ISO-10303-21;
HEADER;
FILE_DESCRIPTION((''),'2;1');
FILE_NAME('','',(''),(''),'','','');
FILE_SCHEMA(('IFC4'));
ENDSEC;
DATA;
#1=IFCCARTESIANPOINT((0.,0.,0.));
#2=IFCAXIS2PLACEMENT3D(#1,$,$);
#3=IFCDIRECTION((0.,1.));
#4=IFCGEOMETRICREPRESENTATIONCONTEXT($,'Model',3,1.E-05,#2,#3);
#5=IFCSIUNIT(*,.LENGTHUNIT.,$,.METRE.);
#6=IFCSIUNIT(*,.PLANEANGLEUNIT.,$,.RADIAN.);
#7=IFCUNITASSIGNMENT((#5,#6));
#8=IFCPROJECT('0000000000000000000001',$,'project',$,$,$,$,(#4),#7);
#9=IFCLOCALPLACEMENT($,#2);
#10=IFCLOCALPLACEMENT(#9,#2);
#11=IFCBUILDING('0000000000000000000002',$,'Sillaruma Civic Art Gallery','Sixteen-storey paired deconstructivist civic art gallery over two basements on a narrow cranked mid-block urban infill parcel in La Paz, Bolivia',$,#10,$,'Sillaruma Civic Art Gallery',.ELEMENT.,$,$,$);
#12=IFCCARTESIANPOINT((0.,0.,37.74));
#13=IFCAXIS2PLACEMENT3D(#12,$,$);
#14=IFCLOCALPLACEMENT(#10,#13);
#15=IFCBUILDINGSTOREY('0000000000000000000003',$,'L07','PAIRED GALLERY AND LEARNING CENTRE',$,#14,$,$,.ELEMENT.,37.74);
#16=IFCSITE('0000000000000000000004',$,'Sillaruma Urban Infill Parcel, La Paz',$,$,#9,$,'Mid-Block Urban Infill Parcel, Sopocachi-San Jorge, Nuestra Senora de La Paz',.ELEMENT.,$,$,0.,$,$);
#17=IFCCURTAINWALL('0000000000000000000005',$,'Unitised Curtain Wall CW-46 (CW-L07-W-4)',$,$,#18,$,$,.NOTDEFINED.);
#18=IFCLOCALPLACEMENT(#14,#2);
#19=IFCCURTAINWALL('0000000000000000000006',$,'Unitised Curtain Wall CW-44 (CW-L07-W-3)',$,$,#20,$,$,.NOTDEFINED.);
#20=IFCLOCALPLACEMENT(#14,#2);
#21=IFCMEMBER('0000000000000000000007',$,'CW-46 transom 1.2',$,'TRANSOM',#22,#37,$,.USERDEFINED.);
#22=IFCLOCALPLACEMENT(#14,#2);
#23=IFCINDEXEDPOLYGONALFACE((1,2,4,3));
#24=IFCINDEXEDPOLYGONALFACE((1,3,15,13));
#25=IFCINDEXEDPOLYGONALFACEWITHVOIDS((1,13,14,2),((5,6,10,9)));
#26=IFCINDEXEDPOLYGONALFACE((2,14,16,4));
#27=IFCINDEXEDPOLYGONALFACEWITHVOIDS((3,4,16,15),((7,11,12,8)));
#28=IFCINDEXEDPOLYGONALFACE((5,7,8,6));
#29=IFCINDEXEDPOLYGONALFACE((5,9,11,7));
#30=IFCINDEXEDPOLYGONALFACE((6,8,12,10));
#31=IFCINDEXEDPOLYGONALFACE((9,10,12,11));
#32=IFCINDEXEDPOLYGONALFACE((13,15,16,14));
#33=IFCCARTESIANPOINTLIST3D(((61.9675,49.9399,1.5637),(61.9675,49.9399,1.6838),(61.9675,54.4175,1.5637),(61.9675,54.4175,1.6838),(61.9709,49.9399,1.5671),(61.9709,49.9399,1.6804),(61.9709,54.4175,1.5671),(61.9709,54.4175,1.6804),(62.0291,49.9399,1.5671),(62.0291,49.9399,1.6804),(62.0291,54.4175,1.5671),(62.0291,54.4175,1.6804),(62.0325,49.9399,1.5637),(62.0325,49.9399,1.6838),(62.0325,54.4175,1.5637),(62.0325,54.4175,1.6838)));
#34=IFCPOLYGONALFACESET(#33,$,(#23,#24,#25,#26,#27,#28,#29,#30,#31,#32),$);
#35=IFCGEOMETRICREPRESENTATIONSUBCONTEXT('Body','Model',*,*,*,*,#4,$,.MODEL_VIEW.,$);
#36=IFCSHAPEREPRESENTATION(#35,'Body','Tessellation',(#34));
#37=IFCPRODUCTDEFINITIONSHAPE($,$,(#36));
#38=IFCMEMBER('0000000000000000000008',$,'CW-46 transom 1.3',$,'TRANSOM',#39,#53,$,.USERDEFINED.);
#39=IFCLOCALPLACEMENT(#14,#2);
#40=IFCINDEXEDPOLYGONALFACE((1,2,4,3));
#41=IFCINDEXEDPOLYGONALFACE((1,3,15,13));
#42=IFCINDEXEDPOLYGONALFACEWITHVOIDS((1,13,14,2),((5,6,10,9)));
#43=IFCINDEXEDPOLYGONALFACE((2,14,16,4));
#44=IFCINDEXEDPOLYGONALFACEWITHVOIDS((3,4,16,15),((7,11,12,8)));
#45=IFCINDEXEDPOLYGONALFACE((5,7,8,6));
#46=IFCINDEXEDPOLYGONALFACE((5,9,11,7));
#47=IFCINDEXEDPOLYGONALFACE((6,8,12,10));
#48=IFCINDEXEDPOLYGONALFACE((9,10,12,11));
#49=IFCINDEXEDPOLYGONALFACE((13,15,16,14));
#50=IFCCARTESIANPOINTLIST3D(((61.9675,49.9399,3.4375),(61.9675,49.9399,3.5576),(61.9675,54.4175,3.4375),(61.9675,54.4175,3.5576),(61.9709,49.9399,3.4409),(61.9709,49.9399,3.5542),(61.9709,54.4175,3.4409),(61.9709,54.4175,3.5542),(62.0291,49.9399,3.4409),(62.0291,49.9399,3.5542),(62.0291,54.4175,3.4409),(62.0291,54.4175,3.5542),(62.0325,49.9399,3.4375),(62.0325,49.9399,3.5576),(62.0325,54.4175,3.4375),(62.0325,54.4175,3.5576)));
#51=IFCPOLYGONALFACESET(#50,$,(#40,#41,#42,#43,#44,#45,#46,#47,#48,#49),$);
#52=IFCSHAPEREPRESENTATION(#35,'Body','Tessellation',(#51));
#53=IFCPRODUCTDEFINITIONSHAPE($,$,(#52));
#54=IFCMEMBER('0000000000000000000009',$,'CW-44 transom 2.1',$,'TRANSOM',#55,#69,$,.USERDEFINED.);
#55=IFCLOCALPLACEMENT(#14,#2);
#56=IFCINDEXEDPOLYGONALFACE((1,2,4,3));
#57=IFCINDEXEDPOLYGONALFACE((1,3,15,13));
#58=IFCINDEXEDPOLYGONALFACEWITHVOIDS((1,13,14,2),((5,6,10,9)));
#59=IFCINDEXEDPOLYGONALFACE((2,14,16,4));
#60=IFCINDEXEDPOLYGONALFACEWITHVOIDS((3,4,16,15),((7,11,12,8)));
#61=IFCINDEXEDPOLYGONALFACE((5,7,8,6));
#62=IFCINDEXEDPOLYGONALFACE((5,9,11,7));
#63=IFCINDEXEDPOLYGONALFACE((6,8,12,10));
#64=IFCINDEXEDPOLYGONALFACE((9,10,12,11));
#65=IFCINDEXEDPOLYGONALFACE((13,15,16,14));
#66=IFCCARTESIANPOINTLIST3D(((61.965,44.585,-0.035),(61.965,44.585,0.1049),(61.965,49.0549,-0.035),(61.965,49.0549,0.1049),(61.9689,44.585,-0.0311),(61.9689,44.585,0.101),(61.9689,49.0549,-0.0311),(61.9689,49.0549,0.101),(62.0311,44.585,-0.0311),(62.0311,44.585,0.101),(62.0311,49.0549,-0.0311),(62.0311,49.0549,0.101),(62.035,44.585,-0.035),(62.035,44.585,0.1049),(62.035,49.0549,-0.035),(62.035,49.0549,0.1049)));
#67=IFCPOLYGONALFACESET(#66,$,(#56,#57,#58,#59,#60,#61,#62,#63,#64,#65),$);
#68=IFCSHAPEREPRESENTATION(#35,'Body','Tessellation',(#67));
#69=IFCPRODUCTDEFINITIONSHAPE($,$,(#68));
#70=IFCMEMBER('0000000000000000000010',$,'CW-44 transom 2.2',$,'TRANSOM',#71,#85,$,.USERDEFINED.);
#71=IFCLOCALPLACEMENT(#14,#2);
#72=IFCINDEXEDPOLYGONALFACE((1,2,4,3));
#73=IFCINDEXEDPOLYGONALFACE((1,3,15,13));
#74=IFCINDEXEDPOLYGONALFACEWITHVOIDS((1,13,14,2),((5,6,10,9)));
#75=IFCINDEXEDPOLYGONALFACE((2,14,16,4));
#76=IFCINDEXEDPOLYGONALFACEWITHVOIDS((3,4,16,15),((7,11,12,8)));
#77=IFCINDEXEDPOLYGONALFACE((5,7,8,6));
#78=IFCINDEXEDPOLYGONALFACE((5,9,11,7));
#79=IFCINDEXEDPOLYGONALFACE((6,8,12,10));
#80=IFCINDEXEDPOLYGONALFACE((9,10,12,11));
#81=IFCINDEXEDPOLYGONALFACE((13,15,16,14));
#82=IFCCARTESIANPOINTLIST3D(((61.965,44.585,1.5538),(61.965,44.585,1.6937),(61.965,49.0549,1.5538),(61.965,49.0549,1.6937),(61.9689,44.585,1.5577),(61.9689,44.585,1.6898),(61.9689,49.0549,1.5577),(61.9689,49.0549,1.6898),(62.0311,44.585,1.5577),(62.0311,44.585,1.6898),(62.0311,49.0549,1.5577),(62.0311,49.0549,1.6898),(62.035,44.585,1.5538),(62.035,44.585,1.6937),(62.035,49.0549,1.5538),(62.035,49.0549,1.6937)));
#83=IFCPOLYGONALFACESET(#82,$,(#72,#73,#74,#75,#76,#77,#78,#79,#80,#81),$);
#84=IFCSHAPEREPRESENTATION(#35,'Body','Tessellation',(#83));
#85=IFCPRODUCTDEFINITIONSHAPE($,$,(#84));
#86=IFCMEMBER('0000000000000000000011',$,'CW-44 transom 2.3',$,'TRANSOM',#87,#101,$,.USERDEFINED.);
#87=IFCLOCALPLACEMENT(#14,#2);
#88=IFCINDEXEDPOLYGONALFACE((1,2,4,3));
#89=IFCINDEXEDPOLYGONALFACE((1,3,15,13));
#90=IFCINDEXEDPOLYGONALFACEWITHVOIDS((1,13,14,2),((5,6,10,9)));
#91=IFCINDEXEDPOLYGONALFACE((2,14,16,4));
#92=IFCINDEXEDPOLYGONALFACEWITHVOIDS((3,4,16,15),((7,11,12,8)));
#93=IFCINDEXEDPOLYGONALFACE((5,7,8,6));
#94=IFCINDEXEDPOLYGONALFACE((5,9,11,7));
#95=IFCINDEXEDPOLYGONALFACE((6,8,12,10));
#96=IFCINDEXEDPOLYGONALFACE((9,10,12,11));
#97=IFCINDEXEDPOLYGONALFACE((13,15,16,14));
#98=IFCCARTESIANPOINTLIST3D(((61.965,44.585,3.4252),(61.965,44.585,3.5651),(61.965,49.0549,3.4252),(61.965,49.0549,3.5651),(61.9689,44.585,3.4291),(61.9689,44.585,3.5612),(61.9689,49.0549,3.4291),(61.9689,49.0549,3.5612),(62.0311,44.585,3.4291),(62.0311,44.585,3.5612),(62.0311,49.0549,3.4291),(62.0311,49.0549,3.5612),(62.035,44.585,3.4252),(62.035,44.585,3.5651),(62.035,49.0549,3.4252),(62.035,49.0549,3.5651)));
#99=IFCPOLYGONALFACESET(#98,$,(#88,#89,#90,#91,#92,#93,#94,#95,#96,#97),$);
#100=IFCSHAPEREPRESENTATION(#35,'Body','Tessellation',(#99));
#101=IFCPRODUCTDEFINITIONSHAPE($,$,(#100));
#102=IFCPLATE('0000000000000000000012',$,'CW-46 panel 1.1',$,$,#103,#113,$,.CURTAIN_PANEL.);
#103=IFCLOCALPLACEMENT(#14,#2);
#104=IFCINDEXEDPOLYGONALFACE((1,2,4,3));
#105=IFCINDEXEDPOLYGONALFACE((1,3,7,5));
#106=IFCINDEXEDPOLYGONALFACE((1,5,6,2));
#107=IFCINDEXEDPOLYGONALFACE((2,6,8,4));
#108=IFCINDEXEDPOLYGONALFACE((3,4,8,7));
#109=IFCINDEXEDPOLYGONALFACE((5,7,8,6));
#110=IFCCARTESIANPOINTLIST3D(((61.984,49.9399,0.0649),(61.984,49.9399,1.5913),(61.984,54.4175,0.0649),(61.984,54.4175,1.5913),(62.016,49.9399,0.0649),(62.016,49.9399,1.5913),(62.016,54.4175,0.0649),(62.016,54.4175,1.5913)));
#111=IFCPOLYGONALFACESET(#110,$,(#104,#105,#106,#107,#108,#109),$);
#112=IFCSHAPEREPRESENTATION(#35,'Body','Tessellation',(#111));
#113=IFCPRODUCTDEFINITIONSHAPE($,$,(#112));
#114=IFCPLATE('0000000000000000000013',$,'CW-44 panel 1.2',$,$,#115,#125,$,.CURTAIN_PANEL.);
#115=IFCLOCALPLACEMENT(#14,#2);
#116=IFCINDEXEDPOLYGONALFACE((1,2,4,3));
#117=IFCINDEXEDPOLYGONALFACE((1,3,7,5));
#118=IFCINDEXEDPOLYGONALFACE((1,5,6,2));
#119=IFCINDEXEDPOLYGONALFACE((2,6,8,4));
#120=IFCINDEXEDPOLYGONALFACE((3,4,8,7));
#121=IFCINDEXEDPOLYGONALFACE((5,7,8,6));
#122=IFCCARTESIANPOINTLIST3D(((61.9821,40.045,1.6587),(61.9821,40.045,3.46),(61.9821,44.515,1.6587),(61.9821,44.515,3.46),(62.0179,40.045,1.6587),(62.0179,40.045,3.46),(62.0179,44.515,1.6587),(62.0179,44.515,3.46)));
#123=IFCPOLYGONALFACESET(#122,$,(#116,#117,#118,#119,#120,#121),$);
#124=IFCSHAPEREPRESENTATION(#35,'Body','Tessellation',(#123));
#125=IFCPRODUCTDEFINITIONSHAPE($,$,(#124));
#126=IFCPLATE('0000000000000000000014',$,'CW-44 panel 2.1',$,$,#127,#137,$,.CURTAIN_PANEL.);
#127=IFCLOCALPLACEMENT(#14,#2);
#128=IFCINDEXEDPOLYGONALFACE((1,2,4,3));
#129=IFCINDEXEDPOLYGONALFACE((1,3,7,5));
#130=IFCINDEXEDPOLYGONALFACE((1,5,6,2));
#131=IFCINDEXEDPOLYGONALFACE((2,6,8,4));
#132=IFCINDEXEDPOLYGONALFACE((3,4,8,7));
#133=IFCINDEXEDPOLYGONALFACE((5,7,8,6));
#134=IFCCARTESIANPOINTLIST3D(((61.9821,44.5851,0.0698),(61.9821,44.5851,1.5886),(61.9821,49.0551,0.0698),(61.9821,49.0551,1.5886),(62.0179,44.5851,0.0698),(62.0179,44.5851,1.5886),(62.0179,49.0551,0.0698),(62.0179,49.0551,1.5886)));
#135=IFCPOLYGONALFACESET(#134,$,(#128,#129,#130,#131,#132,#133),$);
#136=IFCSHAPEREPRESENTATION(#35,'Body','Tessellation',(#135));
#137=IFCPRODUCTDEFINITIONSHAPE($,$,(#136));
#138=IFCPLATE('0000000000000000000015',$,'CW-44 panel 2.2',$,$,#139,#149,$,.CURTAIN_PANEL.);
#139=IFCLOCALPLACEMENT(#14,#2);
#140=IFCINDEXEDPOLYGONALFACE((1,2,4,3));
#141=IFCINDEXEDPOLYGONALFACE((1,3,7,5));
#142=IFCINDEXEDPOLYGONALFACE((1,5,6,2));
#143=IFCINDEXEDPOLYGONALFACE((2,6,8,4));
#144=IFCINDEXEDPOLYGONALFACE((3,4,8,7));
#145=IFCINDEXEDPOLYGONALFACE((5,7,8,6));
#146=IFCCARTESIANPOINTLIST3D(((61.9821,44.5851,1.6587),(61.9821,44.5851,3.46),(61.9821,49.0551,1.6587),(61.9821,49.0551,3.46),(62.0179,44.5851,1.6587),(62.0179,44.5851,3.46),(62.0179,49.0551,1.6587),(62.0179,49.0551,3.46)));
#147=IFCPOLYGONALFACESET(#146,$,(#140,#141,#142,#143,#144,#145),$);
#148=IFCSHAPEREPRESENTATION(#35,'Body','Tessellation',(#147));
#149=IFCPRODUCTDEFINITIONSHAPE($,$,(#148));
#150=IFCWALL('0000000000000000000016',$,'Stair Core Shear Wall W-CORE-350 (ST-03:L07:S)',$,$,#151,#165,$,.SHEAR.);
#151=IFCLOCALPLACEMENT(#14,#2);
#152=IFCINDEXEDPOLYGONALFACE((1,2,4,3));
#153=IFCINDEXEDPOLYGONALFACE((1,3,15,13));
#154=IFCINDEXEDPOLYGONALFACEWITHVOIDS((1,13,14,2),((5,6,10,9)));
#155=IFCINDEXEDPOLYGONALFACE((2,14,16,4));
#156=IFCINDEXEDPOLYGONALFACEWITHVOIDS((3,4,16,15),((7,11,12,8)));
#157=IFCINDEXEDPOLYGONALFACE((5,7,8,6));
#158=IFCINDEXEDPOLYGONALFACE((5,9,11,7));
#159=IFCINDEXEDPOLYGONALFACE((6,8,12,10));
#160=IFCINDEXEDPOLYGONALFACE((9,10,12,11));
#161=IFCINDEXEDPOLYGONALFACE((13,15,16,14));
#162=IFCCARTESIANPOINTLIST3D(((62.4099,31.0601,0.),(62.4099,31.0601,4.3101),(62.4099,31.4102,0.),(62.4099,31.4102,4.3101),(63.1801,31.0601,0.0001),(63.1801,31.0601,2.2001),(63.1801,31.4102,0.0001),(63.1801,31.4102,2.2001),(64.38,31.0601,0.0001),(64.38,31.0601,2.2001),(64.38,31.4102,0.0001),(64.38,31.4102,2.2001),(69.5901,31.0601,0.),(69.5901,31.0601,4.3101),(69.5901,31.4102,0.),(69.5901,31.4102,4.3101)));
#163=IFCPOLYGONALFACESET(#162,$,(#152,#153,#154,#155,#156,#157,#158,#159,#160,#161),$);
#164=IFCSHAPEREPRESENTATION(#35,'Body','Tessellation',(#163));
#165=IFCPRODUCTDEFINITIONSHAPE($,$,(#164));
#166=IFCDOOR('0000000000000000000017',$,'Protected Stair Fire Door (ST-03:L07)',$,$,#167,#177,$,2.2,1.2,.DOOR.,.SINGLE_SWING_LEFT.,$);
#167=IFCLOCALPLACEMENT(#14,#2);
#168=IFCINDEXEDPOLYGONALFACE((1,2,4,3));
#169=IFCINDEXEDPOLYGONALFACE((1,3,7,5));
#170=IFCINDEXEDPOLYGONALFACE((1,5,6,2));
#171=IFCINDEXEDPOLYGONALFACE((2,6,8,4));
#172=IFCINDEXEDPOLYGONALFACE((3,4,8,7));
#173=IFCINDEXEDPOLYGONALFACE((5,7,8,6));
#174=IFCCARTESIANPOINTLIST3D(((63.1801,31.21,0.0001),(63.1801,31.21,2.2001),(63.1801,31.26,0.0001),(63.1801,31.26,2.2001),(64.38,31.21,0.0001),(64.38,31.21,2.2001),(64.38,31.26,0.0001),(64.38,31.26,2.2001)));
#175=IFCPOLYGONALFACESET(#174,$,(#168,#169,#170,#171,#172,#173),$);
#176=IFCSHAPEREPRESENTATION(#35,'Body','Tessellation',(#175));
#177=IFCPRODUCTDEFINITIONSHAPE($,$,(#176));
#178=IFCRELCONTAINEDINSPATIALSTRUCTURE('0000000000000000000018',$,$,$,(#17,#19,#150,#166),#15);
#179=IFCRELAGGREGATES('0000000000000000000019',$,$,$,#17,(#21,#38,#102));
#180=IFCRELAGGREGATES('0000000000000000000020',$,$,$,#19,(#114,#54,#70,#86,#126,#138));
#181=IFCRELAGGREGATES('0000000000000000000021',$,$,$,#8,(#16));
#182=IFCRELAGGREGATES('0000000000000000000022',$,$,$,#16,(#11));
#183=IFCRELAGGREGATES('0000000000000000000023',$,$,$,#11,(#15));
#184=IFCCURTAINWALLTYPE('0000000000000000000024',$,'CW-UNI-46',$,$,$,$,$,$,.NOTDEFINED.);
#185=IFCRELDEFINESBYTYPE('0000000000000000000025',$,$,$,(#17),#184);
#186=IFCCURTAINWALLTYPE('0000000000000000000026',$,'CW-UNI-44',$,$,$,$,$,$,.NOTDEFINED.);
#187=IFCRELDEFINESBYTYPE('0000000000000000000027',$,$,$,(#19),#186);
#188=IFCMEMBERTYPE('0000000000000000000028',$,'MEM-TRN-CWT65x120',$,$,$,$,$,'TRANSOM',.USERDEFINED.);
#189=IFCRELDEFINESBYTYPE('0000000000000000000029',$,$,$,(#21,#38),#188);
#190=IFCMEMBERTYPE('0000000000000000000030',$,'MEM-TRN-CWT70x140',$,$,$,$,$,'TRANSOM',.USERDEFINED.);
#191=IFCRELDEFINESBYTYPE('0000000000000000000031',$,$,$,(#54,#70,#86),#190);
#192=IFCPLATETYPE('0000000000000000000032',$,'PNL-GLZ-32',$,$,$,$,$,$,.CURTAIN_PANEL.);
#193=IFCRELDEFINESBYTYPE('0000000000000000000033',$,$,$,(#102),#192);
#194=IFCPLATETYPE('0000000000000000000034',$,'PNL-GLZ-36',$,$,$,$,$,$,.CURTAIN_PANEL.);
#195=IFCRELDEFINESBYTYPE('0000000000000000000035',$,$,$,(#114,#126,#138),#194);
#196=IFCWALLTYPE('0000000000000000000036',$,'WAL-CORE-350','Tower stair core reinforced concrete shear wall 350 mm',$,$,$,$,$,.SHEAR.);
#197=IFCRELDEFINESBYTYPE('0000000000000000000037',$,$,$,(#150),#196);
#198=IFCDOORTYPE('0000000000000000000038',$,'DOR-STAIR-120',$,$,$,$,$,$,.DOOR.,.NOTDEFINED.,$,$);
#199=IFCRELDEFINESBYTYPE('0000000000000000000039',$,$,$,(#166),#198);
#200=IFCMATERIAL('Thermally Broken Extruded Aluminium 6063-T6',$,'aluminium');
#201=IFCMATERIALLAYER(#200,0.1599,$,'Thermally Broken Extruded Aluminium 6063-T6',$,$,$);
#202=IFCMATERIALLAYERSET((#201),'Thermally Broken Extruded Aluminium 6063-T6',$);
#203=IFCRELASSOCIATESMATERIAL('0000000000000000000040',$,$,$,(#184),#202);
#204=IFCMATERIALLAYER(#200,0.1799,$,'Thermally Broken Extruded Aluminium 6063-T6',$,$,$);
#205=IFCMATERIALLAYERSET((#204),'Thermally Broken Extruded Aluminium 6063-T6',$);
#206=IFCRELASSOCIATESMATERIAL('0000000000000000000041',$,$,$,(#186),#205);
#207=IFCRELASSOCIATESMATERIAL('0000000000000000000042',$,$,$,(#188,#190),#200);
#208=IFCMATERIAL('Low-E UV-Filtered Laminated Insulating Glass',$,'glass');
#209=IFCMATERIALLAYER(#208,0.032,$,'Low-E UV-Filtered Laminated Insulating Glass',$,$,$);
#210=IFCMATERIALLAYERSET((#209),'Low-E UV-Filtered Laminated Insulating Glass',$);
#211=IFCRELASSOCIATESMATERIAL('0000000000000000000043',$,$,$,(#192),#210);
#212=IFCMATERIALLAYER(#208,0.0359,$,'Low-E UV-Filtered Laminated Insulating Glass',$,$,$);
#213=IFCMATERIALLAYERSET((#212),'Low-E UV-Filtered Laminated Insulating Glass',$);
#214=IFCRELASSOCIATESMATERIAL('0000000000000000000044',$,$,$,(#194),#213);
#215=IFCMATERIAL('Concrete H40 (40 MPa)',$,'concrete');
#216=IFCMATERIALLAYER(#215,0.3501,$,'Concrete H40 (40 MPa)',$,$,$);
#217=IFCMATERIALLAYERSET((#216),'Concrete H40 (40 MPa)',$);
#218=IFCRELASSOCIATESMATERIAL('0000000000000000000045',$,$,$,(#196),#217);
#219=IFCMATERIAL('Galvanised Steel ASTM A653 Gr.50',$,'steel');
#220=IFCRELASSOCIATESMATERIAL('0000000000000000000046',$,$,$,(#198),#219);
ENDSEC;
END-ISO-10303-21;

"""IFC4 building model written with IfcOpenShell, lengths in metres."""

from ifc_helpers import new_model, si_unit, direction, frame, frame_2d, origin, origin_2d, place, context, subcontext, project, spatial, rectangle, hollow_rectangle, extrude, material, layer, layer_set, material_profile, profile_set, type_object, element, fill, aggregate, save


model = new_model("IFC4")

# Units and contexts
model_context = context("Model", 3, precision=1e-05, world=origin(), true_north=direction((0.0, 1.0)))
body_context = subcontext(model_context, "Body", "Model", "MODEL_VIEW")
ifc_project = project(units=[si_unit("LENGTHUNIT", "METRE"), si_unit("PLANEANGLEUNIT", "RADIAN")], contexts=[model_context])

# Site, building, storey
site_placement = place(None, origin())
site = spatial("IfcSite", under=ifc_project, at=site_placement, Name="Sillaruma Urban Infill Parcel, La Paz", LongName="Mid-Block Urban Infill Parcel, Sopocachi-San Jorge, Nuestra Senora de La Paz", CompositionType="ELEMENT", RefElevation=0.0)
building_placement = place(site_placement, origin())
building = spatial("IfcBuilding", under=site, at=building_placement, Name="Sillaruma Civic Art Gallery", Description="Sixteen-storey paired deconstructivist civic art gallery over two basements on a narrow cranked mid-block urban infill parcel in La Paz, Bolivia", LongName="Sillaruma Civic Art Gallery", CompositionType="ELEMENT")
storey_placement = place(building_placement, frame((0.0, 0.0, 37.74)))
storey = spatial("IfcBuildingStorey", under=building, at=storey_placement, Name="L07", Description="PAIRED GALLERY AND LEARNING CENTRE", CompositionType="ELEMENT", Elevation=37.74)

# Shared definitions
ifc_material_1 = material(Name="Concrete H40 (40 MPa)", Category="concrete")

# Curtain wall
ifc_material_2 = material(Name="Thermally Broken Extruded Aluminium 6063-T6", Category="aluminium")
ifc_layer_1 = layer(ifc_material_2, 0.1599, Name="Thermally Broken Extruded Aluminium 6063-T6")
ifc_layer_set_1 = layer_set([ifc_layer_1], Name="Thermally Broken Extruded Aluminium 6063-T6")
curtain_wall_type_1 = type_object("IfcCurtainWallType", Name="CW-UNI-46", PredefinedType="NOTDEFINED", material=ifc_layer_set_1)
curtain_wall_1_placement = place(storey_placement, origin())
curtain_wall_1 = element("IfcCurtainWall", 1, at=curtain_wall_1_placement, inside=storey, type_object=curtain_wall_type_1, Name="Unitised Curtain Wall CW-46 (CW-L07-W-4)", PredefinedType="NOTDEFINED")

# Curtain wall
ifc_layer_2 = layer(ifc_material_2, 0.1799, Name="Thermally Broken Extruded Aluminium 6063-T6")
ifc_layer_set_2 = layer_set([ifc_layer_2], Name="Thermally Broken Extruded Aluminium 6063-T6")
curtain_wall_type_2 = type_object("IfcCurtainWallType", Name="CW-UNI-44", PredefinedType="NOTDEFINED", material=ifc_layer_set_2)
curtain_wall_2_placement = place(storey_placement, origin())
curtain_wall_2 = element("IfcCurtainWall", 2, at=curtain_wall_2_placement, inside=storey, type_object=curtain_wall_type_2, Name="Unitised Curtain Wall CW-44 (CW-L07-W-3)", PredefinedType="NOTDEFINED")

# Members
ifc_material_profile_1 = material_profile(ifc_material_2, hollow_rectangle(XDim=0.0649, YDim=0.1201, WallThickness=0.0034, at=origin_2d()), Name="CWT65x120")
ifc_profile_set_1 = profile_set([ifc_material_profile_1], Name="Thermally Broken Extruded Aluminium 6063-T6")
member_type_1 = type_object("IfcMemberType", Name="MEM-TRN-CWT65x120", ElementType="TRANSOM", PredefinedType="USERDEFINED", material=ifc_profile_set_1)
member_1_placement = place(storey_placement, frame((62.0, 49.9399, 1.6238), z_axis=(0.0, 1.0, 0.0), x_axis=(-1.0, 0.0, 0.0)))
member_1 = element("IfcMember", 3, at=member_1_placement, type_object=member_type_1, Name="CW-46 transom 1.2", ObjectType="TRANSOM", PredefinedType="USERDEFINED", context=body_context, shape_type="SweptSolid", body=[
    extrude(hollow_rectangle(XDim=0.0649, YDim=0.1201, WallThickness=0.0034, at=origin_2d()), origin(), (0.0, 0.0, 1.0), 4.4775),
])
member_2_placement = place(storey_placement, frame((62.0, 49.9399, 3.4976), z_axis=(0.0, 1.0, 0.0), x_axis=(-1.0, 0.0, 0.0)))
member_2 = element("IfcMember", 4, at=member_2_placement, type_object=member_type_1, Name="CW-46 transom 1.3", ObjectType="TRANSOM", PredefinedType="USERDEFINED", context=body_context, shape_type="SweptSolid", body=[
    extrude(hollow_rectangle(XDim=0.0649, YDim=0.1201, WallThickness=0.0034, at=origin_2d()), origin(), (0.0, 0.0, 1.0), 4.4775),
])
ifc_material_profile_2 = material_profile(ifc_material_2, hollow_rectangle(XDim=0.0701, YDim=0.1399, WallThickness=0.0039, at=origin_2d()), Name="CWT70x140")
ifc_profile_set_2 = profile_set([ifc_material_profile_2], Name="Thermally Broken Extruded Aluminium 6063-T6")
member_type_2 = type_object("IfcMemberType", Name="MEM-TRN-CWT70x140", ElementType="TRANSOM", PredefinedType="USERDEFINED", material=ifc_profile_set_2)
member_3_placement = place(storey_placement, frame((62.0, 44.585, 0.0349), z_axis=(0.0, 1.0, 0.0), x_axis=(-1.0, 0.0, 0.0)))
member_3 = element("IfcMember", 5, at=member_3_placement, type_object=member_type_2, Name="CW-44 transom 2.1", ObjectType="TRANSOM", PredefinedType="USERDEFINED", context=body_context, shape_type="SweptSolid", body=[
    extrude(hollow_rectangle(XDim=0.0701, YDim=0.1399, WallThickness=0.0039, at=origin_2d()), origin(), (0.0, 0.0, 1.0), 4.47),
])
member_4_placement = place(storey_placement, frame((62.0, 44.585, 1.6238), z_axis=(0.0, 1.0, 0.0), x_axis=(-1.0, 0.0, 0.0)))
member_4 = element("IfcMember", 6, at=member_4_placement, type_object=member_type_2, Name="CW-44 transom 2.2", ObjectType="TRANSOM", PredefinedType="USERDEFINED", context=body_context, shape_type="SweptSolid", body=[
    extrude(hollow_rectangle(XDim=0.0701, YDim=0.1399, WallThickness=0.0039, at=origin_2d()), origin(), (0.0, 0.0, 1.0), 4.47),
])
member_5_placement = place(storey_placement, frame((62.0, 44.585, 3.4951), z_axis=(0.0, 1.0, 0.0), x_axis=(-1.0, 0.0, 0.0)))
member_5 = element("IfcMember", 7, at=member_5_placement, type_object=member_type_2, Name="CW-44 transom 2.3", ObjectType="TRANSOM", PredefinedType="USERDEFINED", context=body_context, shape_type="SweptSolid", body=[
    extrude(hollow_rectangle(XDim=0.0701, YDim=0.1399, WallThickness=0.0039, at=origin_2d()), origin(), (0.0, 0.0, 1.0), 4.47),
])

# Plates
ifc_material_3 = material(Name="Low-E UV-Filtered Laminated Insulating Glass", Category="glass")
ifc_layer_3 = layer(ifc_material_3, 0.032, Name="Low-E UV-Filtered Laminated Insulating Glass")
ifc_layer_set_3 = layer_set([ifc_layer_3], Name="Low-E UV-Filtered Laminated Insulating Glass")
plate_type_1 = type_object("IfcPlateType", Name="PNL-GLZ-32", PredefinedType="CURTAIN_PANEL", material=ifc_layer_set_3)
plate_1_placement = place(storey_placement, frame((62.0, 52.1787, 0.0649), z_axis=(0.0, 0.0, 1.0), x_axis=(0.0, 1.0, 0.0)))
plate_1 = element("IfcPlate", 8, at=plate_1_placement, type_object=plate_type_1, Name="CW-46 panel 1.1", PredefinedType="CURTAIN_PANEL", context=body_context, shape_type="SweptSolid", body=[
    extrude(rectangle(XDim=4.4775, YDim=0.032, at=origin_2d()), origin(), (0.0, 0.0, 1.0), 1.5264),
])
aggregate(curtain_wall_1, [member_1, member_2, plate_1])
ifc_layer_4 = layer(ifc_material_3, 0.0359, Name="Low-E UV-Filtered Laminated Insulating Glass")
ifc_layer_set_4 = layer_set([ifc_layer_4], Name="Low-E UV-Filtered Laminated Insulating Glass")
plate_type_2 = type_object("IfcPlateType", Name="PNL-GLZ-36", PredefinedType="CURTAIN_PANEL", material=ifc_layer_set_4)
plate_2_placement = place(storey_placement, frame((62.0, 42.28, 1.6587), z_axis=(0.0, 0.0, 1.0), x_axis=(0.0, 1.0, 0.0)))
plate_2 = element("IfcPlate", 9, at=plate_2_placement, type_object=plate_type_2, Name="CW-44 panel 1.2", PredefinedType="CURTAIN_PANEL", context=body_context, shape_type="SweptSolid", body=[
    extrude(rectangle(XDim=4.47, YDim=0.0359, at=origin_2d()), origin(), (0.0, 0.0, 1.0), 1.8013),
])
plate_3_placement = place(storey_placement, frame((62.0, 46.8201, 0.0698), z_axis=(0.0, 0.0, 1.0), x_axis=(0.0, 1.0, 0.0)))
plate_3 = element("IfcPlate", 10, at=plate_3_placement, type_object=plate_type_2, Name="CW-44 panel 2.1", PredefinedType="CURTAIN_PANEL", context=body_context, shape_type="SweptSolid", body=[
    extrude(rectangle(XDim=4.47, YDim=0.0359, at=origin_2d()), origin(), (0.0, 0.0, 1.0), 1.5188),
])
plate_4_placement = place(storey_placement, frame((62.0, 46.8201, 1.6587), z_axis=(0.0, 0.0, 1.0), x_axis=(0.0, 1.0, 0.0)))
plate_4 = element("IfcPlate", 11, at=plate_4_placement, type_object=plate_type_2, Name="CW-44 panel 2.2", PredefinedType="CURTAIN_PANEL", context=body_context, shape_type="SweptSolid", body=[
    extrude(rectangle(XDim=4.47, YDim=0.0359, at=origin_2d()), origin(), (0.0, 0.0, 1.0), 1.8013),
])
aggregate(curtain_wall_2, [plate_2, member_3, member_4, member_5, plate_3, plate_4])

# Wall, opening, door
ifc_layer_5 = layer(ifc_material_1, 0.3501, Name="Concrete H40 (40 MPa)")
ifc_layer_set_5 = layer_set([ifc_layer_5], Name="Concrete H40 (40 MPa)")
wall_type_1 = type_object("IfcWallType", Name="WAL-CORE-350", Description="Tower stair core reinforced concrete shear wall 350 mm", PredefinedType="SHEAR", material=ifc_layer_set_5)
wall_1_placement = place(storey_placement, frame((62.4099, 31.2351, 0.0), z_axis=(0.0, 0.0, 1.0), x_axis=(1.0, 0.0, 0.0)))
wall_1 = element("IfcWall", 12, at=wall_1_placement, inside=storey, type_object=wall_type_1, Name="Stair Core Shear Wall W-CORE-350 (ST-03:L07:S)", PredefinedType="SHEAR", context=body_context, shape_type="SweptSolid", body=[
    extrude(rectangle(XDim=7.1802, YDim=0.3501, at=frame_2d((3.5901, 0.0))), origin(), (0.0, 0.0, 1.0), 4.3101),
])
opening_1_placement = place(wall_1_placement, frame((0.77, 0.0, 0.0)))
opening_1 = element("IfcOpeningElement", 13, at=opening_1_placement, cuts=wall_1, PredefinedType="OPENING", context=body_context, shape_type="SweptSolid", body=[
    extrude(rectangle(XDim=1.2, YDim=2.2, at=frame_2d((0.6001, 1.1001))), frame((0.0, 0.1851, 0.0), z_axis=(0.0, -1.0, 0.0), x_axis=(1.0, 0.0, 0.0)), (0.0, 0.0, 1.0), 0.3701),
])
ifc_material_4 = material(Name="Galvanised Steel ASTM A653 Gr.50", Category="steel")
door_type = type_object("IfcDoorType", Name="DOR-STAIR-120", OperationType="NOTDEFINED", PredefinedType="DOOR", material=ifc_material_4)
door_placement = place(opening_1_placement, origin())
door = element("IfcDoor", 14, at=door_placement, inside=storey, type_object=door_type, Name="Protected Stair Fire Door (ST-03:L07)", OperationType="SINGLE_SWING_LEFT", OverallHeight=2.2, OverallWidth=1.2, PredefinedType="DOOR", context=body_context, shape_type="SweptSolid", body=[
    extrude(rectangle(XDim=1.2, YDim=2.2, at=frame_2d((0.6001, 1.1001))), frame((0.0, 0.0249, 0.0), z_axis=(0.0, -1.0, 0.0), x_axis=(1.0, 0.0, 0.0)), (0.0, 0.0, 1.0), 0.05),
])
fill(opening_1, door)

save(model, "model.ifc")
